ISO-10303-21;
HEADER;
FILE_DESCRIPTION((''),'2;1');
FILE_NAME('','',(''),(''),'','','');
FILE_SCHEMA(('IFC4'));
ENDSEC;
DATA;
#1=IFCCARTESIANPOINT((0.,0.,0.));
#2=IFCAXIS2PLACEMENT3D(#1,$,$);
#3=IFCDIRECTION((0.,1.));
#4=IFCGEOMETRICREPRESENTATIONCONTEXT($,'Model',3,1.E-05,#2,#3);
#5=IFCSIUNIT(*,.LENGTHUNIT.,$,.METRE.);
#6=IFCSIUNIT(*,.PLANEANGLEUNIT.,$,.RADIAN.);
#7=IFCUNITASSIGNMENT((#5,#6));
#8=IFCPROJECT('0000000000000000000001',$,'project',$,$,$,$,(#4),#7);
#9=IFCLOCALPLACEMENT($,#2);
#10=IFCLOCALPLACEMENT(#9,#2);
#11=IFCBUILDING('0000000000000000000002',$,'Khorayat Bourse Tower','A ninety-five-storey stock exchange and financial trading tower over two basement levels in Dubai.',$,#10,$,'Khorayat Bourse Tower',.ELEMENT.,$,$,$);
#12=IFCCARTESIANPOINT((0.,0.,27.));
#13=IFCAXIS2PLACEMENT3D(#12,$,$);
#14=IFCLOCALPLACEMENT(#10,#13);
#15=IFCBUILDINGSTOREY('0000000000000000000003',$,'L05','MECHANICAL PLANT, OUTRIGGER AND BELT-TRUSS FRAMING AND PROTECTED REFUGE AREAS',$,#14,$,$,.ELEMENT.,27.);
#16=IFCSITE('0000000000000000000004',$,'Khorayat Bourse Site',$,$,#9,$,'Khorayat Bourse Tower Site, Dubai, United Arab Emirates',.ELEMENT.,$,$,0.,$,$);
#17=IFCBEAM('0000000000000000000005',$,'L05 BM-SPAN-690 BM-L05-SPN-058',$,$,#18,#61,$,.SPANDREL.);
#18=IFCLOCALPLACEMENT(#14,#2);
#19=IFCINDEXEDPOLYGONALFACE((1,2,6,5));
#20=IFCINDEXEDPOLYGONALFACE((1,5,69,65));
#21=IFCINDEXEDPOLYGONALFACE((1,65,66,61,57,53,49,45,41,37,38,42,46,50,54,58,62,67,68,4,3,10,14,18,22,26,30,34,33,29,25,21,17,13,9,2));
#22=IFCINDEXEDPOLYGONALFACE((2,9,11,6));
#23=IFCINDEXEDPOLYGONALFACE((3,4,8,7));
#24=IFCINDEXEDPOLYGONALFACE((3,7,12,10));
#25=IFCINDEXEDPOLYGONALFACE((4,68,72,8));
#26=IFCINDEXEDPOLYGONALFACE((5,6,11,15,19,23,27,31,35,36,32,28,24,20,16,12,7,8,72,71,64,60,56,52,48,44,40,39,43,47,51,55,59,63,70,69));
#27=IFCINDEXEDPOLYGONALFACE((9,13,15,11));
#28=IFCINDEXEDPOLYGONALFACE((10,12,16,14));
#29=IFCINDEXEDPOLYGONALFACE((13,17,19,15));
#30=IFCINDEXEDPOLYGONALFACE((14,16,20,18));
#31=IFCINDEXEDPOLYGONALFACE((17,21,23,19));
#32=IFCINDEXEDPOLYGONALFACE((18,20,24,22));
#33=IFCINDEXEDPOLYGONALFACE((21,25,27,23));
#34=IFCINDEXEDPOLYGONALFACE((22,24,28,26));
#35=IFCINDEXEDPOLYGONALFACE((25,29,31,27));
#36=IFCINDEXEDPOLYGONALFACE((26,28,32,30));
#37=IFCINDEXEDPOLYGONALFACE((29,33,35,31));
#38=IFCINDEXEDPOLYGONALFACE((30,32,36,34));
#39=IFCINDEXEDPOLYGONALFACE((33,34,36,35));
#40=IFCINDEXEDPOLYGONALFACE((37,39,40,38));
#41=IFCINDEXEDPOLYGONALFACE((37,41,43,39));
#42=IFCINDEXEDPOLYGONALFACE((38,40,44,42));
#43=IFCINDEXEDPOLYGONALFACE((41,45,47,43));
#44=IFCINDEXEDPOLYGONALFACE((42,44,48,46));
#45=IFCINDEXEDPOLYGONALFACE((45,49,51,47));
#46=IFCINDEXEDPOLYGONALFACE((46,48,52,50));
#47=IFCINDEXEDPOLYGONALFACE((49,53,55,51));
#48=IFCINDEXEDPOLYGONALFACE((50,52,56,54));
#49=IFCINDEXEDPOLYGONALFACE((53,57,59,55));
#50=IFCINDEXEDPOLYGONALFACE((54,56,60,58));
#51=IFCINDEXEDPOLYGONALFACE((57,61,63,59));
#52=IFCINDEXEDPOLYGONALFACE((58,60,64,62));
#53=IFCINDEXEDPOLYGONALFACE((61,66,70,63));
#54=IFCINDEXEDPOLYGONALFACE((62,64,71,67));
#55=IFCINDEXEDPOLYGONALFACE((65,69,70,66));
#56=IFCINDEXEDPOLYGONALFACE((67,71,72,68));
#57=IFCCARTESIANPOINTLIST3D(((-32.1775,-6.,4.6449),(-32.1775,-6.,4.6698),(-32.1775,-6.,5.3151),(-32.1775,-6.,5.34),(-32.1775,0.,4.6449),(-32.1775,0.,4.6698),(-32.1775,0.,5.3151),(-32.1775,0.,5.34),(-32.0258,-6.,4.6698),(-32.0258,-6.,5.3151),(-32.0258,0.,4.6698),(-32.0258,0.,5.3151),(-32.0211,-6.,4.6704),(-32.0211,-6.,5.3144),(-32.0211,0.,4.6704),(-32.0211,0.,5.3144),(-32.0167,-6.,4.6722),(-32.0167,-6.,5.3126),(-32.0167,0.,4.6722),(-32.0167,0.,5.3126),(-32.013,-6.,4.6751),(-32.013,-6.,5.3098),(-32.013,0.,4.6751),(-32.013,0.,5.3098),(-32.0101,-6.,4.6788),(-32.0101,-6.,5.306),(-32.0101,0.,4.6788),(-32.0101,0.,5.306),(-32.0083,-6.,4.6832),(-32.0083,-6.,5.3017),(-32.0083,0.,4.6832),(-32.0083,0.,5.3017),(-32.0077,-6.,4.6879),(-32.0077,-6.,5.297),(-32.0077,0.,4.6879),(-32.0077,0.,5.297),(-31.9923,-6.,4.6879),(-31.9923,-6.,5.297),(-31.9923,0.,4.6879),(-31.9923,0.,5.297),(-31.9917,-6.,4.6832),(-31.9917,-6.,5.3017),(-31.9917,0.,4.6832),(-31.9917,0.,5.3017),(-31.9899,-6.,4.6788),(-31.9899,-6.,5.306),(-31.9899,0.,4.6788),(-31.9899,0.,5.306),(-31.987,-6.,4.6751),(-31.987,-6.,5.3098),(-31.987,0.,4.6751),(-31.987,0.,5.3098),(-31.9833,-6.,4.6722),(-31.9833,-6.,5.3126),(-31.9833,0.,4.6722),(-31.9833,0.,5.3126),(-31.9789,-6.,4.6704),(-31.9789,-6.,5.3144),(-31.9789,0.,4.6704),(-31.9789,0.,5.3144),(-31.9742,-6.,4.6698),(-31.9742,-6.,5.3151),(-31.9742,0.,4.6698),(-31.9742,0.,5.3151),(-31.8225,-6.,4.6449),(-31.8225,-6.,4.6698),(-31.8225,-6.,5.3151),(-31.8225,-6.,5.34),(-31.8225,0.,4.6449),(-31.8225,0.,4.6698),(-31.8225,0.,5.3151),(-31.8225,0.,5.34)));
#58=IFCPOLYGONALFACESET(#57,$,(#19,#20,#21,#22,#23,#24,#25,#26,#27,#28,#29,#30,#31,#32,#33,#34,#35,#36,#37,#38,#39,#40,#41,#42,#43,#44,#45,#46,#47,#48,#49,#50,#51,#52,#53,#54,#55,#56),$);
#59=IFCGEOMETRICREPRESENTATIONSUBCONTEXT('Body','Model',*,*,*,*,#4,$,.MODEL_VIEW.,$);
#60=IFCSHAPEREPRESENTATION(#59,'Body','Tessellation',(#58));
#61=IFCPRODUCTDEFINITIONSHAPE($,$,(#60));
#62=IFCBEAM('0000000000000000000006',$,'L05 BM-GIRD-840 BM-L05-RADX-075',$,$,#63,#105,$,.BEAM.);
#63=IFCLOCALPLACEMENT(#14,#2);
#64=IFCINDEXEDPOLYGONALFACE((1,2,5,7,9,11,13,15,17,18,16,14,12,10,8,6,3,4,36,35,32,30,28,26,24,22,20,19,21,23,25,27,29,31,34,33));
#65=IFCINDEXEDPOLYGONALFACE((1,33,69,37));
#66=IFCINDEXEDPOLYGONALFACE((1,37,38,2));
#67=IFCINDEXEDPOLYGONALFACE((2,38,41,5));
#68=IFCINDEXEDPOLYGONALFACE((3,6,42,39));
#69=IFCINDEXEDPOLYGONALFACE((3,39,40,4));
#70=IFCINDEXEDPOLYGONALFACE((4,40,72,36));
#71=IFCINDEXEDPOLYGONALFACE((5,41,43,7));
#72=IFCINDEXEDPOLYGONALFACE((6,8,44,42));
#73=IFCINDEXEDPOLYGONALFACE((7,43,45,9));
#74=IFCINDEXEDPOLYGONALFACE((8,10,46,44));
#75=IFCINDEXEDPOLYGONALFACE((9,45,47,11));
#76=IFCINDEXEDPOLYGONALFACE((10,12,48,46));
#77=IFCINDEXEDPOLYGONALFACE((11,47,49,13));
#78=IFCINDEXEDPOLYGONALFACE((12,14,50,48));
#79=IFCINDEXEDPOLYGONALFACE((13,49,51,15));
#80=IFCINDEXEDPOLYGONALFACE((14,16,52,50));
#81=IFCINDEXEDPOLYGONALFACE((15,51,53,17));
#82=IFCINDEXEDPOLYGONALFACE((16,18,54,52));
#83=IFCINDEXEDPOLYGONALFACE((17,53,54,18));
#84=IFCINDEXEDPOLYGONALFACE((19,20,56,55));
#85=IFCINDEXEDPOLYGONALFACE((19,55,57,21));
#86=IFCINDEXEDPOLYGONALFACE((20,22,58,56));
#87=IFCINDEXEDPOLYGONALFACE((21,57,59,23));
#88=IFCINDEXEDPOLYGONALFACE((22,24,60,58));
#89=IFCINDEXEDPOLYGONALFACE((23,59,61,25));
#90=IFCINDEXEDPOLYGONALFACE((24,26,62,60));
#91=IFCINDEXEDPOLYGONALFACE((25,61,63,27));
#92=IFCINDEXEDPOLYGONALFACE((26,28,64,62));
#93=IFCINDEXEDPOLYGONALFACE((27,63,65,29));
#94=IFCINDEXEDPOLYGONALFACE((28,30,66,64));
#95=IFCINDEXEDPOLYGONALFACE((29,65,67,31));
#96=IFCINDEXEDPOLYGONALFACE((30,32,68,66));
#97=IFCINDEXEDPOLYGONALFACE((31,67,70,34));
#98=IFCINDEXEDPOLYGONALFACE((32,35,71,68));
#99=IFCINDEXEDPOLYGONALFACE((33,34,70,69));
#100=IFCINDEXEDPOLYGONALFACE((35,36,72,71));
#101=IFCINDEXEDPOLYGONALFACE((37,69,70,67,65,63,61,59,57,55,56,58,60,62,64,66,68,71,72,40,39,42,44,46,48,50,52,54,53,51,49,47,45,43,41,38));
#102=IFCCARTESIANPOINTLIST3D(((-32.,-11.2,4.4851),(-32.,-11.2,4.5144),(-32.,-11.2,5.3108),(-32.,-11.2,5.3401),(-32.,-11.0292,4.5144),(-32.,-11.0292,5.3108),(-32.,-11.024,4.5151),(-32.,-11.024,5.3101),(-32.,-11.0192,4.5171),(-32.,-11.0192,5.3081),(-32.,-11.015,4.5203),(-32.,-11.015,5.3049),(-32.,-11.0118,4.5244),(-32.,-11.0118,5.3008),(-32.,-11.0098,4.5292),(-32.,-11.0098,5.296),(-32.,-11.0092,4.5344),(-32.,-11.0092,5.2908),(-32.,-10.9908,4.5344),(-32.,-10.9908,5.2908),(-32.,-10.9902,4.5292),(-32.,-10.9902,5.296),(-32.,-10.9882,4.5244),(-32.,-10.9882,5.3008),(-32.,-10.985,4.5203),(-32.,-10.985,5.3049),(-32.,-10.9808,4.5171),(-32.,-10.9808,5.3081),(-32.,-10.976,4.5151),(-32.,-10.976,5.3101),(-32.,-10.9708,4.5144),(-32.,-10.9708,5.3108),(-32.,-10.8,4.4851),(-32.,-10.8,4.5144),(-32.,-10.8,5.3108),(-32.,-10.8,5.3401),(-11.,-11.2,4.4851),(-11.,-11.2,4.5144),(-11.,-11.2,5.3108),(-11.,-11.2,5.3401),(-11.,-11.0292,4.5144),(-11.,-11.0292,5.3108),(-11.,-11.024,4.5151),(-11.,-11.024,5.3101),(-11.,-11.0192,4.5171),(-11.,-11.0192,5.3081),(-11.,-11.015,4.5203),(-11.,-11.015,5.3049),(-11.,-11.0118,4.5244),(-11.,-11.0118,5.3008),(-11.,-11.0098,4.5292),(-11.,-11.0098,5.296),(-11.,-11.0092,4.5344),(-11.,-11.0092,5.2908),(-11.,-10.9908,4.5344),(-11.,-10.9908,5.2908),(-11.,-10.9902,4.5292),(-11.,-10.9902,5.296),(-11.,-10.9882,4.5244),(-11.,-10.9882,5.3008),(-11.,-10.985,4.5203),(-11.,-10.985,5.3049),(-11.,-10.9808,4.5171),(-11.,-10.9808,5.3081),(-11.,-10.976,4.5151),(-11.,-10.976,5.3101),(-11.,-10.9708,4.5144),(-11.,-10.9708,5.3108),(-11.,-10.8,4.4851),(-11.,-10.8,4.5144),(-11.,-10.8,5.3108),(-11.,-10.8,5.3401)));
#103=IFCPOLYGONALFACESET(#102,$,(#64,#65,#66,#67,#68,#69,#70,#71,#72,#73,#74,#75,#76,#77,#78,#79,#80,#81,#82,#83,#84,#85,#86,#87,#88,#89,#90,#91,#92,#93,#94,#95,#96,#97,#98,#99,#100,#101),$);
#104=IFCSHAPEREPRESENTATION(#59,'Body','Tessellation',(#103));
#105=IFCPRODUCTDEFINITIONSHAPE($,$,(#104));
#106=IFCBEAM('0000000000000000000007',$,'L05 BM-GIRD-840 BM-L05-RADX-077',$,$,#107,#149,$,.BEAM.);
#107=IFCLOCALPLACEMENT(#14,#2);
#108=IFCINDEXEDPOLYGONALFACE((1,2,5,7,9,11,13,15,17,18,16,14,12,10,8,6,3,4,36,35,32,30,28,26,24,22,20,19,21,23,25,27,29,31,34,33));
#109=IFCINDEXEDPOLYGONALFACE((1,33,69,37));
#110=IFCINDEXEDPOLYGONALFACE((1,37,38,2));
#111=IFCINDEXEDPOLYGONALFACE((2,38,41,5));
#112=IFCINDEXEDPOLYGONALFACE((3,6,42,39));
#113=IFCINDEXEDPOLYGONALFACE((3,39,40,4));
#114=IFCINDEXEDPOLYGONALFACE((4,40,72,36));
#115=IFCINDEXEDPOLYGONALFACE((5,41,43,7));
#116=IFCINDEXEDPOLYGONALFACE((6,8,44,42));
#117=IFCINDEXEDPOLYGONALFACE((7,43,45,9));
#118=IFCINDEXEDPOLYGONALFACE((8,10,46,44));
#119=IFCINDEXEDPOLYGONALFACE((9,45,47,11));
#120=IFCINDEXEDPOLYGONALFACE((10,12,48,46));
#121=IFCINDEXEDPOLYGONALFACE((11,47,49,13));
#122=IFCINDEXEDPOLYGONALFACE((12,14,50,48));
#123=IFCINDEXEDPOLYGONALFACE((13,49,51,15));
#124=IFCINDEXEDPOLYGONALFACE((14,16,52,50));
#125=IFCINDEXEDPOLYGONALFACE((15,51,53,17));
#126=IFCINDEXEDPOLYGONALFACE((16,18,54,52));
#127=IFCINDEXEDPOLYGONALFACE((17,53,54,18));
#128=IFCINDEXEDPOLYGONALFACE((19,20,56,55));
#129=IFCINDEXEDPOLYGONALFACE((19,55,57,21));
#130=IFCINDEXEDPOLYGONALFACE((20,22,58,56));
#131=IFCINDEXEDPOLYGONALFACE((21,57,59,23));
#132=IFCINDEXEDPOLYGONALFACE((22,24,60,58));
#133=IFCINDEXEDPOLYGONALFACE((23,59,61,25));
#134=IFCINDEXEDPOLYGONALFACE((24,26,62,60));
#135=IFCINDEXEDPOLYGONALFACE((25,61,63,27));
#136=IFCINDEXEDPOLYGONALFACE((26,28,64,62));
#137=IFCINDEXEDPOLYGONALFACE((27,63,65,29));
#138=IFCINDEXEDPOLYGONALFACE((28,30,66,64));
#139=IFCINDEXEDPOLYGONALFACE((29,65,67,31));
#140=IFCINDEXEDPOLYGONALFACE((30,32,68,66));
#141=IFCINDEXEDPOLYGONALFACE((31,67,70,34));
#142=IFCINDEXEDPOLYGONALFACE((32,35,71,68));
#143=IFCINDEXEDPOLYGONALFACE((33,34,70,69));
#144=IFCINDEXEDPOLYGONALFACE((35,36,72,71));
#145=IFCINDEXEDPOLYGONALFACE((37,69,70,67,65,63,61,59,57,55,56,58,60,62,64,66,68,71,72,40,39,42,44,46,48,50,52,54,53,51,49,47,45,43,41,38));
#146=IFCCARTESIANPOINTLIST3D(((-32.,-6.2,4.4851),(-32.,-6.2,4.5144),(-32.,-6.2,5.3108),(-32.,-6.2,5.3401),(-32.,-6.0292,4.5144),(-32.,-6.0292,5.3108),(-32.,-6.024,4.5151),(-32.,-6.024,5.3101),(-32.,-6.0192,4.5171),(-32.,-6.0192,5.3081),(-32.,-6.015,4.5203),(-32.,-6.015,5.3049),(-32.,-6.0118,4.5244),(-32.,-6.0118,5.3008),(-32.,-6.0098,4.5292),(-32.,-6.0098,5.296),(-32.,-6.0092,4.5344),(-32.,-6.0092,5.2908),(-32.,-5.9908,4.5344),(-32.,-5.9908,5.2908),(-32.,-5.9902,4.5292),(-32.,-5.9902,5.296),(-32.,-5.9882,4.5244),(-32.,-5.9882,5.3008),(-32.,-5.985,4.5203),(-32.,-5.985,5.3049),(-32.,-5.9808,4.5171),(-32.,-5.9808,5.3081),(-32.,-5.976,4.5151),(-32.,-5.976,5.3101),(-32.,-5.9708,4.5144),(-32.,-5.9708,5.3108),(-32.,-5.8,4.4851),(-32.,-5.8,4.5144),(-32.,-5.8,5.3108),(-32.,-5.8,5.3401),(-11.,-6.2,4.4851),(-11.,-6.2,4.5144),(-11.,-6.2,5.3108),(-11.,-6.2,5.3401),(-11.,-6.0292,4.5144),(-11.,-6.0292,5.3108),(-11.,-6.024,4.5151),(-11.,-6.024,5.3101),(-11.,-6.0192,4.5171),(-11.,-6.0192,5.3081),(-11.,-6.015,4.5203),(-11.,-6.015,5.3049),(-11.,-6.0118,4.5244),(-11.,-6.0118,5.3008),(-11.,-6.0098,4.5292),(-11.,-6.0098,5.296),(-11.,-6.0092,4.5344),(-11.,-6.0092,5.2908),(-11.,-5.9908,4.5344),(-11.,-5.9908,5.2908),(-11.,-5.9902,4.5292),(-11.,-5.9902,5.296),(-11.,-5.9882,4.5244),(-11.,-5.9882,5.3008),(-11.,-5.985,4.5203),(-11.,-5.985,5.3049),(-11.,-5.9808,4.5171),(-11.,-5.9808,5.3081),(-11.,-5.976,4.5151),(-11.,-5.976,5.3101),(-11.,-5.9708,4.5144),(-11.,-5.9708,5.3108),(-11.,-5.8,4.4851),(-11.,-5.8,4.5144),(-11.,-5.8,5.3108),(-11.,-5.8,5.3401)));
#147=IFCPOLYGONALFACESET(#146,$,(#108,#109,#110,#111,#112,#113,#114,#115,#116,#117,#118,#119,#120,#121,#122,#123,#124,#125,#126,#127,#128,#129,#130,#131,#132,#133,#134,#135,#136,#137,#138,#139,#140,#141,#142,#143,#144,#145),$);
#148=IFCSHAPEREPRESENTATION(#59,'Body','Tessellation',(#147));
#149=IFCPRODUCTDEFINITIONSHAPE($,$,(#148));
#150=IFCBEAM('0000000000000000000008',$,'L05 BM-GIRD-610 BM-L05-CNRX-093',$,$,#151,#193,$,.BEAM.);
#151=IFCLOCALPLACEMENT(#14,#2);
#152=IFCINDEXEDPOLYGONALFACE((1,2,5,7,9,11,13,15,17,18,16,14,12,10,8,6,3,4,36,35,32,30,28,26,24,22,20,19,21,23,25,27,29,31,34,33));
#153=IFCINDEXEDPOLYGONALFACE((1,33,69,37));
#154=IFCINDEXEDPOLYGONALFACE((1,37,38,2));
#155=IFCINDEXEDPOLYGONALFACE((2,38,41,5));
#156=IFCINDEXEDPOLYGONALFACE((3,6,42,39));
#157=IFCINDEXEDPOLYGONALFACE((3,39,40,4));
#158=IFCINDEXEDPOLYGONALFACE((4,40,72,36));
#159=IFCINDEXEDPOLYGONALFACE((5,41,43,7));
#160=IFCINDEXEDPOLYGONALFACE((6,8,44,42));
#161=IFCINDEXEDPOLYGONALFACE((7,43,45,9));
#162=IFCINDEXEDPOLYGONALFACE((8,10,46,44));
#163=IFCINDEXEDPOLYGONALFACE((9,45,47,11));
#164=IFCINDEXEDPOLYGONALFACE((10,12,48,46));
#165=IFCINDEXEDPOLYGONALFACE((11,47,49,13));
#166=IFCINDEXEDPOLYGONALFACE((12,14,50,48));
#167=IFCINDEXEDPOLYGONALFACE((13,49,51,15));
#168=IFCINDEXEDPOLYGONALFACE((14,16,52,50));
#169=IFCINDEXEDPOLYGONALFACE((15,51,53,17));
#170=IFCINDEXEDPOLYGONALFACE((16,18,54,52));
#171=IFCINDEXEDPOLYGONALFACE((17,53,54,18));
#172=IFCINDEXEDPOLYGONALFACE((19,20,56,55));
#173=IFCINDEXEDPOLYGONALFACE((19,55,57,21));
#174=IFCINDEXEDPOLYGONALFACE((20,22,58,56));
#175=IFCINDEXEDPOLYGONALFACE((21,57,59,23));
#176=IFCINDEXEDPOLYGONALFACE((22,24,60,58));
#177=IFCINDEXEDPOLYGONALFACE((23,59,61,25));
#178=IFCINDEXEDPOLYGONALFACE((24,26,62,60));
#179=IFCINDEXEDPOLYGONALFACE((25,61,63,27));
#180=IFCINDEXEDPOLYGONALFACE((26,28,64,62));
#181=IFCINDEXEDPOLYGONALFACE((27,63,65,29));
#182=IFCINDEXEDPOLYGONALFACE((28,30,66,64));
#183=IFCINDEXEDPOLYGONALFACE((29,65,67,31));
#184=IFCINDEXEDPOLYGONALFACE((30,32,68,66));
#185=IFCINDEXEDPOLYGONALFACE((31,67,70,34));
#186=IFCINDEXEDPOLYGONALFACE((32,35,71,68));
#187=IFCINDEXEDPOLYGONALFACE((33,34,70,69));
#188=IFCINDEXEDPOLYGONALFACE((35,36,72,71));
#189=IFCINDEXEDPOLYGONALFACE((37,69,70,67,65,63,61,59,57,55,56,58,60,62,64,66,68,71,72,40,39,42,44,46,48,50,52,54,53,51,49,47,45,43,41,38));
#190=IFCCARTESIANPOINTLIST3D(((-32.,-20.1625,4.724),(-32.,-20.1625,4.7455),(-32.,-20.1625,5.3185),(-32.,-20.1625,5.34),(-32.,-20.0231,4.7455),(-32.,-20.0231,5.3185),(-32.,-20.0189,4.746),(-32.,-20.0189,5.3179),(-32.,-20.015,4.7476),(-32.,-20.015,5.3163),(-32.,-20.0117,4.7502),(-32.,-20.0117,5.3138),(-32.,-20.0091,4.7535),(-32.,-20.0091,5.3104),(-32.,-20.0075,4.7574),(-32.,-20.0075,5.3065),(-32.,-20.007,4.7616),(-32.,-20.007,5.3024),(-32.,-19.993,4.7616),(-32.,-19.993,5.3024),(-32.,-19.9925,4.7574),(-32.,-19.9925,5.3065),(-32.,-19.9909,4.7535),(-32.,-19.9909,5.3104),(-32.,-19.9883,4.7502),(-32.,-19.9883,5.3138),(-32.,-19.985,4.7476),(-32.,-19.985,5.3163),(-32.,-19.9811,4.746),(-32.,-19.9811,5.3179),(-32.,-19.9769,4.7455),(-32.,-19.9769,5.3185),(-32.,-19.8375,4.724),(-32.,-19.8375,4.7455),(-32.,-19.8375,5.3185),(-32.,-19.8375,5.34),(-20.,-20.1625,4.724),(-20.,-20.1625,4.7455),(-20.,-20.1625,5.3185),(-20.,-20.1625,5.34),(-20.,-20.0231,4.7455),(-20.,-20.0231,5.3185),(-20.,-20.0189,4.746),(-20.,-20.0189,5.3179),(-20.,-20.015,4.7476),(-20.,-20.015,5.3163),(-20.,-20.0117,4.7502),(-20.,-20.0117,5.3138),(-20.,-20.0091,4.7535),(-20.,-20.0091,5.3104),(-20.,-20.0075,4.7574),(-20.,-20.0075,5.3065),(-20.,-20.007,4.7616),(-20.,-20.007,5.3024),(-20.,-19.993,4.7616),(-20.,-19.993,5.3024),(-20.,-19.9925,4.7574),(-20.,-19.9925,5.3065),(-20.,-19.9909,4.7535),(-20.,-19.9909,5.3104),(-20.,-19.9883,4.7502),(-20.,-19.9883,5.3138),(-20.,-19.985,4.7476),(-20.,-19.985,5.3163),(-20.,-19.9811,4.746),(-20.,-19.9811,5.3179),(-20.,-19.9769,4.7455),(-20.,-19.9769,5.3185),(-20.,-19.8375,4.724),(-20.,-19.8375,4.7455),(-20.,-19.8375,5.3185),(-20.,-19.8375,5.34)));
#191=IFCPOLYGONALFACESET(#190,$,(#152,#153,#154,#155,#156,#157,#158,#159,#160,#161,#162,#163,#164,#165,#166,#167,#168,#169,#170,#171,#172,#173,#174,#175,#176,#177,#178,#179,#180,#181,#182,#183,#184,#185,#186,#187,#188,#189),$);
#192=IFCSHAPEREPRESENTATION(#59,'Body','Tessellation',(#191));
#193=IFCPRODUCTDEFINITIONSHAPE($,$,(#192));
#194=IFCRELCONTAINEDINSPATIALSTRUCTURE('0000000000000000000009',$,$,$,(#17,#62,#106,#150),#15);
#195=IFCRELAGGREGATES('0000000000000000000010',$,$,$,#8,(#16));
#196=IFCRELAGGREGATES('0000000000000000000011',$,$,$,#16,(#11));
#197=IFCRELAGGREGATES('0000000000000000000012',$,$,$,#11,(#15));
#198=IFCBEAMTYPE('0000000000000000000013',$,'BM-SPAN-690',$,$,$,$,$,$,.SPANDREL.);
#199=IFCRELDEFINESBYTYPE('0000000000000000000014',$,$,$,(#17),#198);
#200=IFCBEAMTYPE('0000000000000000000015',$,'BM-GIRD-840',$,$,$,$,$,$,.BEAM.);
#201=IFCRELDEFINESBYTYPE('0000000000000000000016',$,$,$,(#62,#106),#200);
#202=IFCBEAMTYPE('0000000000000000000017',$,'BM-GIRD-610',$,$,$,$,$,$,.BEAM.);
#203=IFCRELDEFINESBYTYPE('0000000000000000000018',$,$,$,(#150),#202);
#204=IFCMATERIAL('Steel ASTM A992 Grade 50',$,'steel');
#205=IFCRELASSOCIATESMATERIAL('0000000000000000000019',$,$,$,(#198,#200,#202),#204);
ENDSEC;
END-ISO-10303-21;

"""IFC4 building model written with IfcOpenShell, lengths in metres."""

from ifc_helpers import new_model, si_unit, direction, frame, origin, origin_2d, place, context, subcontext, project, spatial, i_section, extrude, source, transform, mapped, material, material_profile, profile_set, type_object, element, save


model = new_model("IFC4")

# Units and contexts
model_context = context("Model", 3, precision=1e-05, world=origin(), true_north=direction((0.0, 1.0)))
body_context = subcontext(model_context, "Body", "Model", "MODEL_VIEW")
ifc_project = project(units=[si_unit("LENGTHUNIT", "METRE"), si_unit("PLANEANGLEUNIT", "RADIAN")], contexts=[model_context])

# Site, building, storey
site_placement = place(None, origin())
site = spatial("IfcSite", under=ifc_project, at=site_placement, Name="Khorayat Bourse Site", LongName="Khorayat Bourse Tower Site, Dubai, United Arab Emirates", CompositionType="ELEMENT", RefElevation=0.0)
building_placement = place(site_placement, origin())
building = spatial("IfcBuilding", under=site, at=building_placement, Name="Khorayat Bourse Tower", Description="A ninety-five-storey stock exchange and financial trading tower over two basement levels in Dubai.", LongName="Khorayat Bourse Tower", CompositionType="ELEMENT")
storey_placement = place(building_placement, frame((0.0, 0.0, 27.0)))
storey = spatial("IfcBuildingStorey", under=building, at=storey_placement, Name="L05", Description="MECHANICAL PLANT, OUTRIGGER AND BELT-TRUSS FRAMING AND PROTECTED REFUGE AREAS", CompositionType="ELEMENT", Elevation=27.0)

# Beams
ifc_material_1 = material(Name="Steel ASTM A992 Grade 50", Category="steel")
ifc_material_profile_1 = material_profile(ifc_material_1, i_section(OverallWidth=0.355, OverallDepth=0.6951, WebThickness=0.0154, FlangeThickness=0.0249, FilletRadius=0.0181, at=origin_2d()), Name="W690X217")
ifc_profile_set_1 = profile_set([ifc_material_profile_1], Name="Steel ASTM A992 Grade 50")
beam_type_1 = type_object("IfcBeamType", Name="BM-SPAN-690", PredefinedType="SPANDREL", material=ifc_profile_set_1)
shared_shape_1 = source(origin(), body_context, "Body", "SweptSolid", [
    extrude(i_section(OverallWidth=0.355, OverallDepth=0.6951, WebThickness=0.0154, FlangeThickness=0.0249, FilletRadius=0.0181, at=origin_2d()), origin(), (0.0, 0.0, 1.0), 6.0),
])
beam_1_placement = place(storey_placement, frame((-32.0, -6.0, 4.9924), z_axis=(0.0, 1.0, 0.0), x_axis=(-1.0, 0.0, 0.0)))
element("IfcBeam", 1, at=beam_1_placement, inside=storey, type_object=beam_type_1, Name="L05 BM-SPAN-690 BM-L05-SPN-058", PredefinedType="SPANDREL", context=body_context, shape_type="MappedRepresentation", body=[
    mapped(shared_shape_1, transform((0.0, 0.0, 0.0), scale=1.0)),
])
ifc_material_profile_2 = material_profile(ifc_material_1, i_section(OverallWidth=0.3999, OverallDepth=0.855, WebThickness=0.0183, FlangeThickness=0.0293, FilletRadius=0.02, at=origin_2d()), Name="W840X299")
ifc_profile_set_2 = profile_set([ifc_material_profile_2], Name="Steel ASTM A992 Grade 50")
beam_type_2 = type_object("IfcBeamType", Name="BM-GIRD-840", PredefinedType="BEAM", material=ifc_profile_set_2)
shared_shape_2 = source(origin(), body_context, "Body", "SweptSolid", [
    extrude(i_section(OverallWidth=0.3999, OverallDepth=0.855, WebThickness=0.0183, FlangeThickness=0.0293, FilletRadius=0.02, at=origin_2d()), origin(), (0.0, 0.0, 1.0), 21.0),
])
for number, where, z_axis, x_axis, name in (
    (2, (-32.0, -11.0, 4.9126), (1.0, 0.0, 0.0), (0.0, 1.0, 0.0), "L05 BM-GIRD-840 BM-L05-RADX-075"),
    (3, (-32.0, -6.0, 4.9126), (1.0, 0.0, 0.0), (0.0, 1.0, 0.0), "L05 BM-GIRD-840 BM-L05-RADX-077"),
):
    element("IfcBeam", number, at=place(storey_placement, frame(where, z_axis=z_axis, x_axis=x_axis)), inside=storey, type_object=beam_type_2, Name=name, PredefinedType="BEAM", context=body_context, shape_type="MappedRepresentation", body=[
        mapped(shared_shape_2, transform((0.0, 0.0, 0.0), scale=1.0)),
    ])
ifc_material_profile_3 = material_profile(ifc_material_1, i_section(OverallWidth=0.325, OverallDepth=0.616, WebThickness=0.0139, FlangeThickness=0.0215, FilletRadius=0.0161, at=origin_2d()), Name="W610X174")
ifc_profile_set_3 = profile_set([ifc_material_profile_3], Name="Steel ASTM A992 Grade 50")
beam_type_3 = type_object("IfcBeamType", Name="BM-GIRD-610", PredefinedType="BEAM", material=ifc_profile_set_3)
shared_shape_3 = source(origin(), body_context, "Body", "SweptSolid", [
    extrude(i_section(OverallWidth=0.325, OverallDepth=0.616, WebThickness=0.0139, FlangeThickness=0.0215, FilletRadius=0.0161, at=origin_2d()), origin(), (0.0, 0.0, 1.0), 12.0),
])
beam_2_placement = place(storey_placement, frame((-32.0, -20.0, 5.032), z_axis=(1.0, 0.0, 0.0), x_axis=(0.0, 1.0, 0.0)))
element("IfcBeam", 4, at=beam_2_placement, inside=storey, type_object=beam_type_3, Name="L05 BM-GIRD-610 BM-L05-CNRX-093", PredefinedType="BEAM", context=body_context, shape_type="MappedRepresentation", body=[
    mapped(shared_shape_3, transform((0.0, 0.0, 0.0), scale=1.0)),
])

save(model, "model.ifc")
